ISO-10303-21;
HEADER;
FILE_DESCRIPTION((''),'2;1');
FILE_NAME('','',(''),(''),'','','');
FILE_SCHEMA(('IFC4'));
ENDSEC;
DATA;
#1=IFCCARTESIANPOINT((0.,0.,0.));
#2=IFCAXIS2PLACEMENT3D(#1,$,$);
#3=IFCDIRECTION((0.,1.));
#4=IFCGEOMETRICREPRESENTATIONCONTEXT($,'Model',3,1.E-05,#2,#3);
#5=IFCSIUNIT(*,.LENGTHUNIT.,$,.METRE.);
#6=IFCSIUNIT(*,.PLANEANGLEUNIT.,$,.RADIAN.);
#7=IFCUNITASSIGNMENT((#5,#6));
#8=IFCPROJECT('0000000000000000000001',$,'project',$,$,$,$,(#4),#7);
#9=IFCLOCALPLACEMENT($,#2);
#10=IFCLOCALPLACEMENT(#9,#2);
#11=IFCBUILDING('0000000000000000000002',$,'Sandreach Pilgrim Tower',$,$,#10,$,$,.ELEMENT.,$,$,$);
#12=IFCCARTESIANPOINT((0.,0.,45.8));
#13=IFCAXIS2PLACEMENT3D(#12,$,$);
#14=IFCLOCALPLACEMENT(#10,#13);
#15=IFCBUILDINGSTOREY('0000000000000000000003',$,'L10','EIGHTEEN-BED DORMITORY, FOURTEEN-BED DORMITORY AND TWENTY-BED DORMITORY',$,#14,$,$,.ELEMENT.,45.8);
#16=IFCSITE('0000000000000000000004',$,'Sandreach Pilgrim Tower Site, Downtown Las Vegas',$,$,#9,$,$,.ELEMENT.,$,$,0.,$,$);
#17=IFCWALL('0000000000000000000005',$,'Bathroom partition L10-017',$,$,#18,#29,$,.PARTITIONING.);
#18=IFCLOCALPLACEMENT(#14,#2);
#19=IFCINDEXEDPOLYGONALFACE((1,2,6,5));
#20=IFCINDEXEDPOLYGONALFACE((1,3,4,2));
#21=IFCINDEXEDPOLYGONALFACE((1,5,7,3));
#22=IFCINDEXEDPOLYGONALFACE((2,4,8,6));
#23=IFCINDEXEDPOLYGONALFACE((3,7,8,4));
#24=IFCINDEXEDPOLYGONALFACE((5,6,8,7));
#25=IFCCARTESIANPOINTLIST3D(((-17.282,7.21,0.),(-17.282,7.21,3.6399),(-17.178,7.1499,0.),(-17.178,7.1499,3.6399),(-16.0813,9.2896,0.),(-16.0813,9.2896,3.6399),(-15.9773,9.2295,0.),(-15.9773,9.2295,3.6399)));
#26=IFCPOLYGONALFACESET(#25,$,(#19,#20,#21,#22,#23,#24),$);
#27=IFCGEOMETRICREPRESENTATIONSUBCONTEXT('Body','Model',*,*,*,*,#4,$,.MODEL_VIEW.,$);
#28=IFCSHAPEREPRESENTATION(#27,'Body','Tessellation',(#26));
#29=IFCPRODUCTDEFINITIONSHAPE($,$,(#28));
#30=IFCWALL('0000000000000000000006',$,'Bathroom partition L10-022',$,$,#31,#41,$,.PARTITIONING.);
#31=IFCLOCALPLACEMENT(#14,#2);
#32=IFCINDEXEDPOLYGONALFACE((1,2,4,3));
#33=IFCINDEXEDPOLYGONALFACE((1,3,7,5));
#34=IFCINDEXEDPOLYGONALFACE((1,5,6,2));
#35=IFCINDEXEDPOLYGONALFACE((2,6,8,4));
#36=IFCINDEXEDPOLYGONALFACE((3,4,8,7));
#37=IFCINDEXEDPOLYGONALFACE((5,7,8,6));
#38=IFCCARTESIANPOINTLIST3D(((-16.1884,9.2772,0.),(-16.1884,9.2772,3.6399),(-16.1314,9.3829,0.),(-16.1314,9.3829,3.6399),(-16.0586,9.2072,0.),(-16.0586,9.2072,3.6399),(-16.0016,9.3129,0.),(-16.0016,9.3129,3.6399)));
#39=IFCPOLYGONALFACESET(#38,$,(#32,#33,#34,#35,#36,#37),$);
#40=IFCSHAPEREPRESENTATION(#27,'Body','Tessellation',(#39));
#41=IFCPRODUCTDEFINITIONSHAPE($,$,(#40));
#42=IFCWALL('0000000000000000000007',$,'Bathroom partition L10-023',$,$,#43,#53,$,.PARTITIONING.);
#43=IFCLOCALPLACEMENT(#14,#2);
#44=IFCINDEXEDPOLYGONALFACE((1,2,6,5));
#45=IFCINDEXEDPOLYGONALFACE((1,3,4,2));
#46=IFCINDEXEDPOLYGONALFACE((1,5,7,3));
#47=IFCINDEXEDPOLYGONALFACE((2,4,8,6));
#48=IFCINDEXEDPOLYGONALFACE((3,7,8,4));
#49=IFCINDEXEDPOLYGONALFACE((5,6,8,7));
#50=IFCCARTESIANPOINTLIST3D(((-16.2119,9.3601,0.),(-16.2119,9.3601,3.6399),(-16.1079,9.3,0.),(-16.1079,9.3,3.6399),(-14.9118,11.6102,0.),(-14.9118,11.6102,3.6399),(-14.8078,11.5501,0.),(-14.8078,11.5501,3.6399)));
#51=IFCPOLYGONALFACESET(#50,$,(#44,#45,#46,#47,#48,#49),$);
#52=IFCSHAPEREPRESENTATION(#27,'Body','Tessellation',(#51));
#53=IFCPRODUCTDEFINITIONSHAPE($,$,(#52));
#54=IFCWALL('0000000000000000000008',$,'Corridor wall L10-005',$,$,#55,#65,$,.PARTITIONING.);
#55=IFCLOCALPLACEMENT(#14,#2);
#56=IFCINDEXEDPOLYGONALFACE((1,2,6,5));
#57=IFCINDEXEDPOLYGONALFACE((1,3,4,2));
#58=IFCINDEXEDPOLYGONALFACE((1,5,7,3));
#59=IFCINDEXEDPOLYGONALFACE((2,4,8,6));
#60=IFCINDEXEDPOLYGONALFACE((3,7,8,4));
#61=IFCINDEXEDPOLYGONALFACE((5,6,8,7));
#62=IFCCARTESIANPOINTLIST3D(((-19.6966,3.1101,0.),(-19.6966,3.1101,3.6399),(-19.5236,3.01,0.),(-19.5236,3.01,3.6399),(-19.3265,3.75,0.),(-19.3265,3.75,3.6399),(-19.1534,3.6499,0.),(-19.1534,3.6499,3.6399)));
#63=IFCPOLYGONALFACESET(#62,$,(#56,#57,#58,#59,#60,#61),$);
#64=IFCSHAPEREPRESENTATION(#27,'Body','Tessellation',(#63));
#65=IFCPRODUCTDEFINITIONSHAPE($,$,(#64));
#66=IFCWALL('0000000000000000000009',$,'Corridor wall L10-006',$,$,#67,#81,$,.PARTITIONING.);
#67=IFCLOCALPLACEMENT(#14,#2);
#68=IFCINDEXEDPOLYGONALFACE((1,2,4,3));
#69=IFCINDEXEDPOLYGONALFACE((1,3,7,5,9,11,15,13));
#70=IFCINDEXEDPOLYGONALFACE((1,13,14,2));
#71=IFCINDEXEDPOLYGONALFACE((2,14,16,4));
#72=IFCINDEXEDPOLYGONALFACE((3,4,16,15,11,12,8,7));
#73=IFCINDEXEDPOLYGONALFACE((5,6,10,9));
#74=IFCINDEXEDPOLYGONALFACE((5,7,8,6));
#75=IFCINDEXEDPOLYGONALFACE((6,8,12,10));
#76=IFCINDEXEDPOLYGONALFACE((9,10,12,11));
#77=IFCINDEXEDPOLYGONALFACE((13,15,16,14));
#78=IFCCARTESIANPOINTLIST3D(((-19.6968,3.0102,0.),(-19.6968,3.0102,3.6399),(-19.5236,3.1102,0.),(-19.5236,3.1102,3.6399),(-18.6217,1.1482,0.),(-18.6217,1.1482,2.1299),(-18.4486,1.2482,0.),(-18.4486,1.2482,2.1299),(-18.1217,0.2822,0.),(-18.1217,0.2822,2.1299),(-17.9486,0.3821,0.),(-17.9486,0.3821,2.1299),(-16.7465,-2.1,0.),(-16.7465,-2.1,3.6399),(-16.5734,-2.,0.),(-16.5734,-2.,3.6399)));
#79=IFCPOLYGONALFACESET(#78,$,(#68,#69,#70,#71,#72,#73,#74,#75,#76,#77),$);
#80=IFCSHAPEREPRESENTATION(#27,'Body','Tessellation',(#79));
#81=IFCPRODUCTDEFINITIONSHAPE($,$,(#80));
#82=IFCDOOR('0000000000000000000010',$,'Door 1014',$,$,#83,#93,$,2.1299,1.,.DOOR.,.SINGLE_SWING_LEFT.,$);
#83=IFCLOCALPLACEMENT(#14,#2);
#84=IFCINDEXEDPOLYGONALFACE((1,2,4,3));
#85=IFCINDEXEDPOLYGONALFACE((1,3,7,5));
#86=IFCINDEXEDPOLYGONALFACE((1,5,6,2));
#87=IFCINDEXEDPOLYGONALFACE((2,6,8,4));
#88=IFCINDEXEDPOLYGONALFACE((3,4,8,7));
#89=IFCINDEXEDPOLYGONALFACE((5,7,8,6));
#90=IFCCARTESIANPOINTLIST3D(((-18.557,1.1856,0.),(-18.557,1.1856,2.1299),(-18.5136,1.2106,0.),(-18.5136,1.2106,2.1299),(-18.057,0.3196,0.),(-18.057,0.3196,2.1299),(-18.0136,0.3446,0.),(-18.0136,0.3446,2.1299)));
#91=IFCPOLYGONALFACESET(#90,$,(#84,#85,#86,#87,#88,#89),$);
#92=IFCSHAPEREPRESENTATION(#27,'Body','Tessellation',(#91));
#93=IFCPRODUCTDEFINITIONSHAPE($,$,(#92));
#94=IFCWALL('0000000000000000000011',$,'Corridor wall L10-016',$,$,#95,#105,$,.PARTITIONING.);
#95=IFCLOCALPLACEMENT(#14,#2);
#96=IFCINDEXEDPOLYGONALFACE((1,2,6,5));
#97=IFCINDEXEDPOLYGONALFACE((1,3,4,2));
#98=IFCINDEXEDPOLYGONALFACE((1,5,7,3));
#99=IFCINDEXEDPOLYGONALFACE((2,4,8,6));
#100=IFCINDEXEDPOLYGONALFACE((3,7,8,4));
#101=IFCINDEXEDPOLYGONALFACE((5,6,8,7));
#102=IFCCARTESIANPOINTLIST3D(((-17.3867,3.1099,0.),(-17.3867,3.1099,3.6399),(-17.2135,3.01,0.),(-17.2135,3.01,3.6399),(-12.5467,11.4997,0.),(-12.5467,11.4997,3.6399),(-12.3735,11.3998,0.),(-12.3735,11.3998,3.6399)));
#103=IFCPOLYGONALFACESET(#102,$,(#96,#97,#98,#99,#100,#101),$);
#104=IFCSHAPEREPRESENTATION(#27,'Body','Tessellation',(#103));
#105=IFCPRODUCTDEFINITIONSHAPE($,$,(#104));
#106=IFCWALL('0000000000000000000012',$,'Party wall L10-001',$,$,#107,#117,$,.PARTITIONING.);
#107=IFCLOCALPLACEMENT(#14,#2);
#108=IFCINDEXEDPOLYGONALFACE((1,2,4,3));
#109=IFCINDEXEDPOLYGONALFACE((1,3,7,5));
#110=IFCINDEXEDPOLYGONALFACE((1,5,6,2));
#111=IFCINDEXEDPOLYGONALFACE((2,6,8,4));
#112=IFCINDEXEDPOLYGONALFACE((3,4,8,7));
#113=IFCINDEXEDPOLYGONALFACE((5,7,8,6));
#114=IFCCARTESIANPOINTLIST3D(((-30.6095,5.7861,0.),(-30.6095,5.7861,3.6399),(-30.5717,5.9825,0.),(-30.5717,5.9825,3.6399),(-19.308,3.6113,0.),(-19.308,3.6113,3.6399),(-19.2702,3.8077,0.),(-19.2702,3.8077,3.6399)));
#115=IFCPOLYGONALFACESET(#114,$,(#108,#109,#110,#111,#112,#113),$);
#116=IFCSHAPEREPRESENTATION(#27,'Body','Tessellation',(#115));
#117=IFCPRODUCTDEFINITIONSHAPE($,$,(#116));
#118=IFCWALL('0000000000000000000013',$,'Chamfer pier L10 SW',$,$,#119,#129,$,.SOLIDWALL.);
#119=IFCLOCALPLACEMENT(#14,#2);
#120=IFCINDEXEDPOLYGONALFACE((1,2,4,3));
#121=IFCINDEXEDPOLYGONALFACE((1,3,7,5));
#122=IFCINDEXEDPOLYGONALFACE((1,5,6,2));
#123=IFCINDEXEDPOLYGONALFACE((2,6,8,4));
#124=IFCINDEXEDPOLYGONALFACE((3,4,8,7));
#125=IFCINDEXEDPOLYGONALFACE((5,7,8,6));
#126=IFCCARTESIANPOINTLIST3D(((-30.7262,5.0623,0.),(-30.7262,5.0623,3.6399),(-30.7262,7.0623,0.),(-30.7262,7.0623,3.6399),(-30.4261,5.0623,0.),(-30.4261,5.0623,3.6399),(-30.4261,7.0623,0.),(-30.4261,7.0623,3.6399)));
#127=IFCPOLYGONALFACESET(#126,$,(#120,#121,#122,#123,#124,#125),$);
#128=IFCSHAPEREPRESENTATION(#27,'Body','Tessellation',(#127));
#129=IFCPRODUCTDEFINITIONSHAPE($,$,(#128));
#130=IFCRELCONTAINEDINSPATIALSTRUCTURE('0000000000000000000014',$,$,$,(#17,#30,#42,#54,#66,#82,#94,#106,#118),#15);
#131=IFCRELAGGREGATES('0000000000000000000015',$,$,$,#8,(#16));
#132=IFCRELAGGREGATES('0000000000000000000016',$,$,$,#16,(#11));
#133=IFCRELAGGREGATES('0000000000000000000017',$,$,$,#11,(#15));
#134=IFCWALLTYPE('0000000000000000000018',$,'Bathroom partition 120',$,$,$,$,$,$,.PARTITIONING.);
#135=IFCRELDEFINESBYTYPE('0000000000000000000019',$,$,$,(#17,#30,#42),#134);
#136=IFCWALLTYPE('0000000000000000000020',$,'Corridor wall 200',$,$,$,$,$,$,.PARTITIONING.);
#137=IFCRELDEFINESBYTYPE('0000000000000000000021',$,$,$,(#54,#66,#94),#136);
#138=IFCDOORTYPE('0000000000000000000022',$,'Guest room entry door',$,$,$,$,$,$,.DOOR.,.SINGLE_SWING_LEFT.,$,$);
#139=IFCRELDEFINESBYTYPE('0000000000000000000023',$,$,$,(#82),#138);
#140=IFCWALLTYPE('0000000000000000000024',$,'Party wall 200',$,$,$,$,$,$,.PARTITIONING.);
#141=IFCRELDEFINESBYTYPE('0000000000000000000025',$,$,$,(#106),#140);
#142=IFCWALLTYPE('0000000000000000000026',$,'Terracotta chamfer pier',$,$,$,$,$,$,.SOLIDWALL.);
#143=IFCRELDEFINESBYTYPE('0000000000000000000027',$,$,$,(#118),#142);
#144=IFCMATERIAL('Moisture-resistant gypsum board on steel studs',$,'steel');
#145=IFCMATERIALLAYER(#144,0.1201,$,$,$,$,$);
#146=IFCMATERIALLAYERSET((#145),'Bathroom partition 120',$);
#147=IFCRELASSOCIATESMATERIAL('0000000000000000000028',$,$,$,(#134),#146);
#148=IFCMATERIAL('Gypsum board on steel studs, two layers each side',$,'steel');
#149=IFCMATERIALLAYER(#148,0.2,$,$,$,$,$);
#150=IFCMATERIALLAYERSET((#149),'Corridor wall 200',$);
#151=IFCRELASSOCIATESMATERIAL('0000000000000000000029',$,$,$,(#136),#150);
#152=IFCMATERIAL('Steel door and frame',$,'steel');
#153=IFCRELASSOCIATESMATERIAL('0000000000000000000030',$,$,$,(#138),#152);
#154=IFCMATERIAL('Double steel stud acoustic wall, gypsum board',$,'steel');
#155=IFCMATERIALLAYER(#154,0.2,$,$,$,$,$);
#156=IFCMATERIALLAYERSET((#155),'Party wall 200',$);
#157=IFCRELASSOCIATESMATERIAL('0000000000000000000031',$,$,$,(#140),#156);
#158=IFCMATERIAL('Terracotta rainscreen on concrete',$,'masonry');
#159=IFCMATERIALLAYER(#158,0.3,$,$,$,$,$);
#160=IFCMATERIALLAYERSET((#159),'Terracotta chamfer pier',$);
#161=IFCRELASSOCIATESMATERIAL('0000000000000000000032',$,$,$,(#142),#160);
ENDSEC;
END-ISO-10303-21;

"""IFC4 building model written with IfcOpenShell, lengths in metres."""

from ifc_helpers import new_model, si_unit, direction, frame, frame_2d, origin, place, context, subcontext, project, spatial, rectangle, extrude, material, layer, layer_set, type_object, element, fill, save


model = new_model("IFC4")

# Units and contexts
model_context = context("Model", 3, precision=1e-05, world=origin(), true_north=direction((0.0, 1.0)))
body_context = subcontext(model_context, "Body", "Model", "MODEL_VIEW")
ifc_project = project(units=[si_unit("LENGTHUNIT", "METRE"), si_unit("PLANEANGLEUNIT", "RADIAN")], contexts=[model_context])

# Site, building, storey
site_placement = place(None, origin())
site = spatial("IfcSite", under=ifc_project, at=site_placement, Name="Sandreach Pilgrim Tower Site, Downtown Las Vegas", CompositionType="ELEMENT", RefElevation=0.0)
building_placement = place(site_placement, origin())
building = spatial("IfcBuilding", under=site, at=building_placement, Name="Sandreach Pilgrim Tower", CompositionType="ELEMENT")
storey_placement = place(building_placement, frame((0.0, 0.0, 45.8)))
storey = spatial("IfcBuildingStorey", under=building, at=storey_placement, Name="L10", Description="EIGHTEEN-BED DORMITORY, FOURTEEN-BED DORMITORY AND TWENTY-BED DORMITORY", CompositionType="ELEMENT", Elevation=45.8)

# Shared definitions
ifc_material_1 = material(Name="Moisture-resistant gypsum board on steel studs", Category="steel")
ifc_layer_1 = layer(ifc_material_1, 0.1201)
ifc_layer_set_1 = layer_set([ifc_layer_1], Name="Bathroom partition 120")
wall_type_1 = type_object("IfcWallType", Name="Bathroom partition 120", PredefinedType="PARTITIONING", material=ifc_layer_set_1)

# Walls
wall_1_placement = place(storey_placement, frame((-17.23, 7.1799, 0.0), z_axis=(0.0, 0.0, 1.0), x_axis=(0.50001, 0.86602, 0.0)))
element("IfcWall", 1, at=wall_1_placement, inside=storey, type_object=wall_type_1, Name="Bathroom partition L10-017", PredefinedType="PARTITIONING", context=body_context, shape_type="SweptSolid", body=[
    extrude(rectangle(XDim=2.4014, YDim=0.1201, at=frame_2d((1.2007, 0.0))), origin(), (0.0, 0.0, 1.0), 3.6399),
])
wall_2_placement = place(storey_placement, frame((-16.1599, 9.3301, 0.0), z_axis=(0.0, 0.0, 1.0), x_axis=(0.880099, -0.47479, 0.0)))
element("IfcWall", 2, at=wall_2_placement, inside=storey, type_object=wall_type_1, Name="Bathroom partition L10-022", PredefinedType="PARTITIONING", context=body_context, shape_type="SweptSolid", body=[
    extrude(rectangle(XDim=0.1475, YDim=0.1201, at=frame_2d((0.0737, 0.0))), origin(), (0.0, 0.0, 1.0), 3.6399),
])
wall_3_placement = place(storey_placement, frame((-16.1599, 9.3301, 0.0), z_axis=(0.0, 0.0, 1.0), x_axis=(0.500292, 0.865857, 0.0)))
element("IfcWall", 3, at=wall_3_placement, inside=storey, type_object=wall_type_1, Name="Bathroom partition L10-023", PredefinedType="PARTITIONING", context=body_context, shape_type="SweptSolid", body=[
    extrude(rectangle(XDim=2.5986, YDim=0.1201, at=frame_2d((1.2993, 0.0))), origin(), (0.0, 0.0, 1.0), 3.6399),
])
ifc_material_2 = material(Name="Gypsum board on steel studs, two layers each side", Category="steel")
ifc_layer_2 = layer(ifc_material_2, 0.2)
ifc_layer_set_2 = layer_set([ifc_layer_2], Name="Corridor wall 200")
wall_type_2 = type_object("IfcWallType", Name="Corridor wall 200", PredefinedType="PARTITIONING", material=ifc_layer_set_2)
wall_4_placement = place(storey_placement, frame((-19.6101, 3.0601, 0.0), z_axis=(0.0, 0.0, 1.0), x_axis=(0.500685, 0.86563, 0.0)))
element("IfcWall", 4, at=wall_4_placement, inside=storey, type_object=wall_type_2, Name="Corridor wall L10-005", PredefinedType="PARTITIONING", context=body_context, shape_type="SweptSolid", body=[
    extrude(rectangle(XDim=0.7393, YDim=0.2, at=frame_2d((0.3696, 0.0))), origin(), (0.0, 0.0, 1.0), 3.6399),
])

# Wall, opening, door
wall_5_placement = place(storey_placement, frame((-19.6101, 3.0601, 0.0), z_axis=(0.0, 0.0, 1.0), x_axis=(0.499984, -0.866035, 0.0)))
wall_5 = element("IfcWall", 5, at=wall_5_placement, inside=storey, type_object=wall_type_2, Name="Corridor wall L10-006", PredefinedType="PARTITIONING", context=body_context, shape_type="SweptSolid", body=[
    extrude(rectangle(XDim=5.9006, YDim=0.2, at=frame_2d((2.9502, 0.0))), origin(), (0.0, 0.0, 1.0), 3.6399),
])
opening_1_placement = place(wall_5_placement, frame((2.1499, 0.0, 0.0)))
opening_1 = element("IfcOpeningElement", 6, at=opening_1_placement, cuts=wall_5, PredefinedType="OPENING", context=body_context, shape_type="SweptSolid", body=[
    extrude(rectangle(XDim=1.0, YDim=2.1299, at=frame_2d((0.5, 1.0649))), frame((0.0, 0.1001, 0.0), z_axis=(0.0, -1.0, 0.0), x_axis=(1.0, 0.0, 0.0)), (0.0, 0.0, 1.0), 0.2),
])
ifc_material_3 = material(Name="Steel door and frame", Category="steel")
door_type_1 = type_object("IfcDoorType", Name="Guest room entry door", OperationType="SINGLE_SWING_LEFT", PredefinedType="DOOR", material=ifc_material_3)
door_1_placement = place(opening_1_placement, origin())
door_1 = element("IfcDoor", 7, at=door_1_placement, inside=storey, type_object=door_type_1, Name="Door 1014", OperationType="SINGLE_SWING_LEFT", OverallHeight=2.1299, OverallWidth=1.0, PredefinedType="DOOR", context=body_context, shape_type="SweptSolid", body=[
    extrude(rectangle(XDim=1.0, YDim=2.1299, at=frame_2d((0.5, 1.0649))), frame((0.0, 0.0249, 0.0), z_axis=(0.0, -1.0, 0.0), x_axis=(1.0, 0.0, 0.0)), (0.0, 0.0, 1.0), 0.05),
])
fill(opening_1, door_1)

# Walls
wall_6_placement = place(storey_placement, frame((-17.3, 3.0601, 0.0), z_axis=(0.0, 0.0, 1.0), x_axis=(0.499704, 0.866196, 0.0)))
element("IfcWall", 8, at=wall_6_placement, inside=storey, type_object=wall_type_2, Name="Corridor wall L10-016", PredefinedType="PARTITIONING", context=body_context, shape_type="SweptSolid", body=[
    extrude(rectangle(XDim=9.6858, YDim=0.2, at=frame_2d((4.8428, 0.0))), origin(), (0.0, 0.0, 1.0), 3.6399),
])
ifc_material_4 = material(Name="Double steel stud acoustic wall, gypsum board", Category="steel")
ifc_layer_3 = layer(ifc_material_4, 0.2)
ifc_layer_set_3 = layer_set([ifc_layer_3], Name="Party wall 200")
wall_type_3 = type_object("IfcWallType", Name="Party wall 200", PredefinedType="PARTITIONING", material=ifc_layer_set_3)
wall_7_placement = place(storey_placement, frame((-30.5906, 5.8843, 0.0), z_axis=(0.0, 0.0, 1.0), x_axis=(0.981983, -0.188968, 0.0)))
element("IfcWall", 9, at=wall_7_placement, inside=storey, type_object=wall_type_3, Name="Party wall L10-001", PredefinedType="PARTITIONING", context=body_context, shape_type="SweptSolid", body=[
    extrude(rectangle(XDim=11.5088, YDim=0.2, at=frame_2d((5.7544, 0.0))), origin(), (0.0, 0.0, 1.0), 3.6399),
])
ifc_material_5 = material(Name="Terracotta rainscreen on concrete", Category="masonry")
ifc_layer_4 = layer(ifc_material_5, 0.3)
ifc_layer_set_4 = layer_set([ifc_layer_4], Name="Terracotta chamfer pier")
wall_type_4 = type_object("IfcWallType", Name="Terracotta chamfer pier", PredefinedType="SOLIDWALL", material=ifc_layer_set_4)
wall_8_placement = place(storey_placement, frame((-30.5762, 5.0623, 0.0), z_axis=(0.0, 0.0, 1.0), x_axis=(0.0, 1.0, 0.0)))
element("IfcWall", 10, at=wall_8_placement, inside=storey, type_object=wall_type_4, Name="Chamfer pier L10 SW", PredefinedType="SOLIDWALL", context=body_context, shape_type="SweptSolid", body=[
    extrude(rectangle(XDim=2.0, YDim=0.3, at=frame_2d((1.0, 0.0))), origin(), (0.0, 0.0, 1.0), 3.6399),
])

save(model, "model.ifc")
